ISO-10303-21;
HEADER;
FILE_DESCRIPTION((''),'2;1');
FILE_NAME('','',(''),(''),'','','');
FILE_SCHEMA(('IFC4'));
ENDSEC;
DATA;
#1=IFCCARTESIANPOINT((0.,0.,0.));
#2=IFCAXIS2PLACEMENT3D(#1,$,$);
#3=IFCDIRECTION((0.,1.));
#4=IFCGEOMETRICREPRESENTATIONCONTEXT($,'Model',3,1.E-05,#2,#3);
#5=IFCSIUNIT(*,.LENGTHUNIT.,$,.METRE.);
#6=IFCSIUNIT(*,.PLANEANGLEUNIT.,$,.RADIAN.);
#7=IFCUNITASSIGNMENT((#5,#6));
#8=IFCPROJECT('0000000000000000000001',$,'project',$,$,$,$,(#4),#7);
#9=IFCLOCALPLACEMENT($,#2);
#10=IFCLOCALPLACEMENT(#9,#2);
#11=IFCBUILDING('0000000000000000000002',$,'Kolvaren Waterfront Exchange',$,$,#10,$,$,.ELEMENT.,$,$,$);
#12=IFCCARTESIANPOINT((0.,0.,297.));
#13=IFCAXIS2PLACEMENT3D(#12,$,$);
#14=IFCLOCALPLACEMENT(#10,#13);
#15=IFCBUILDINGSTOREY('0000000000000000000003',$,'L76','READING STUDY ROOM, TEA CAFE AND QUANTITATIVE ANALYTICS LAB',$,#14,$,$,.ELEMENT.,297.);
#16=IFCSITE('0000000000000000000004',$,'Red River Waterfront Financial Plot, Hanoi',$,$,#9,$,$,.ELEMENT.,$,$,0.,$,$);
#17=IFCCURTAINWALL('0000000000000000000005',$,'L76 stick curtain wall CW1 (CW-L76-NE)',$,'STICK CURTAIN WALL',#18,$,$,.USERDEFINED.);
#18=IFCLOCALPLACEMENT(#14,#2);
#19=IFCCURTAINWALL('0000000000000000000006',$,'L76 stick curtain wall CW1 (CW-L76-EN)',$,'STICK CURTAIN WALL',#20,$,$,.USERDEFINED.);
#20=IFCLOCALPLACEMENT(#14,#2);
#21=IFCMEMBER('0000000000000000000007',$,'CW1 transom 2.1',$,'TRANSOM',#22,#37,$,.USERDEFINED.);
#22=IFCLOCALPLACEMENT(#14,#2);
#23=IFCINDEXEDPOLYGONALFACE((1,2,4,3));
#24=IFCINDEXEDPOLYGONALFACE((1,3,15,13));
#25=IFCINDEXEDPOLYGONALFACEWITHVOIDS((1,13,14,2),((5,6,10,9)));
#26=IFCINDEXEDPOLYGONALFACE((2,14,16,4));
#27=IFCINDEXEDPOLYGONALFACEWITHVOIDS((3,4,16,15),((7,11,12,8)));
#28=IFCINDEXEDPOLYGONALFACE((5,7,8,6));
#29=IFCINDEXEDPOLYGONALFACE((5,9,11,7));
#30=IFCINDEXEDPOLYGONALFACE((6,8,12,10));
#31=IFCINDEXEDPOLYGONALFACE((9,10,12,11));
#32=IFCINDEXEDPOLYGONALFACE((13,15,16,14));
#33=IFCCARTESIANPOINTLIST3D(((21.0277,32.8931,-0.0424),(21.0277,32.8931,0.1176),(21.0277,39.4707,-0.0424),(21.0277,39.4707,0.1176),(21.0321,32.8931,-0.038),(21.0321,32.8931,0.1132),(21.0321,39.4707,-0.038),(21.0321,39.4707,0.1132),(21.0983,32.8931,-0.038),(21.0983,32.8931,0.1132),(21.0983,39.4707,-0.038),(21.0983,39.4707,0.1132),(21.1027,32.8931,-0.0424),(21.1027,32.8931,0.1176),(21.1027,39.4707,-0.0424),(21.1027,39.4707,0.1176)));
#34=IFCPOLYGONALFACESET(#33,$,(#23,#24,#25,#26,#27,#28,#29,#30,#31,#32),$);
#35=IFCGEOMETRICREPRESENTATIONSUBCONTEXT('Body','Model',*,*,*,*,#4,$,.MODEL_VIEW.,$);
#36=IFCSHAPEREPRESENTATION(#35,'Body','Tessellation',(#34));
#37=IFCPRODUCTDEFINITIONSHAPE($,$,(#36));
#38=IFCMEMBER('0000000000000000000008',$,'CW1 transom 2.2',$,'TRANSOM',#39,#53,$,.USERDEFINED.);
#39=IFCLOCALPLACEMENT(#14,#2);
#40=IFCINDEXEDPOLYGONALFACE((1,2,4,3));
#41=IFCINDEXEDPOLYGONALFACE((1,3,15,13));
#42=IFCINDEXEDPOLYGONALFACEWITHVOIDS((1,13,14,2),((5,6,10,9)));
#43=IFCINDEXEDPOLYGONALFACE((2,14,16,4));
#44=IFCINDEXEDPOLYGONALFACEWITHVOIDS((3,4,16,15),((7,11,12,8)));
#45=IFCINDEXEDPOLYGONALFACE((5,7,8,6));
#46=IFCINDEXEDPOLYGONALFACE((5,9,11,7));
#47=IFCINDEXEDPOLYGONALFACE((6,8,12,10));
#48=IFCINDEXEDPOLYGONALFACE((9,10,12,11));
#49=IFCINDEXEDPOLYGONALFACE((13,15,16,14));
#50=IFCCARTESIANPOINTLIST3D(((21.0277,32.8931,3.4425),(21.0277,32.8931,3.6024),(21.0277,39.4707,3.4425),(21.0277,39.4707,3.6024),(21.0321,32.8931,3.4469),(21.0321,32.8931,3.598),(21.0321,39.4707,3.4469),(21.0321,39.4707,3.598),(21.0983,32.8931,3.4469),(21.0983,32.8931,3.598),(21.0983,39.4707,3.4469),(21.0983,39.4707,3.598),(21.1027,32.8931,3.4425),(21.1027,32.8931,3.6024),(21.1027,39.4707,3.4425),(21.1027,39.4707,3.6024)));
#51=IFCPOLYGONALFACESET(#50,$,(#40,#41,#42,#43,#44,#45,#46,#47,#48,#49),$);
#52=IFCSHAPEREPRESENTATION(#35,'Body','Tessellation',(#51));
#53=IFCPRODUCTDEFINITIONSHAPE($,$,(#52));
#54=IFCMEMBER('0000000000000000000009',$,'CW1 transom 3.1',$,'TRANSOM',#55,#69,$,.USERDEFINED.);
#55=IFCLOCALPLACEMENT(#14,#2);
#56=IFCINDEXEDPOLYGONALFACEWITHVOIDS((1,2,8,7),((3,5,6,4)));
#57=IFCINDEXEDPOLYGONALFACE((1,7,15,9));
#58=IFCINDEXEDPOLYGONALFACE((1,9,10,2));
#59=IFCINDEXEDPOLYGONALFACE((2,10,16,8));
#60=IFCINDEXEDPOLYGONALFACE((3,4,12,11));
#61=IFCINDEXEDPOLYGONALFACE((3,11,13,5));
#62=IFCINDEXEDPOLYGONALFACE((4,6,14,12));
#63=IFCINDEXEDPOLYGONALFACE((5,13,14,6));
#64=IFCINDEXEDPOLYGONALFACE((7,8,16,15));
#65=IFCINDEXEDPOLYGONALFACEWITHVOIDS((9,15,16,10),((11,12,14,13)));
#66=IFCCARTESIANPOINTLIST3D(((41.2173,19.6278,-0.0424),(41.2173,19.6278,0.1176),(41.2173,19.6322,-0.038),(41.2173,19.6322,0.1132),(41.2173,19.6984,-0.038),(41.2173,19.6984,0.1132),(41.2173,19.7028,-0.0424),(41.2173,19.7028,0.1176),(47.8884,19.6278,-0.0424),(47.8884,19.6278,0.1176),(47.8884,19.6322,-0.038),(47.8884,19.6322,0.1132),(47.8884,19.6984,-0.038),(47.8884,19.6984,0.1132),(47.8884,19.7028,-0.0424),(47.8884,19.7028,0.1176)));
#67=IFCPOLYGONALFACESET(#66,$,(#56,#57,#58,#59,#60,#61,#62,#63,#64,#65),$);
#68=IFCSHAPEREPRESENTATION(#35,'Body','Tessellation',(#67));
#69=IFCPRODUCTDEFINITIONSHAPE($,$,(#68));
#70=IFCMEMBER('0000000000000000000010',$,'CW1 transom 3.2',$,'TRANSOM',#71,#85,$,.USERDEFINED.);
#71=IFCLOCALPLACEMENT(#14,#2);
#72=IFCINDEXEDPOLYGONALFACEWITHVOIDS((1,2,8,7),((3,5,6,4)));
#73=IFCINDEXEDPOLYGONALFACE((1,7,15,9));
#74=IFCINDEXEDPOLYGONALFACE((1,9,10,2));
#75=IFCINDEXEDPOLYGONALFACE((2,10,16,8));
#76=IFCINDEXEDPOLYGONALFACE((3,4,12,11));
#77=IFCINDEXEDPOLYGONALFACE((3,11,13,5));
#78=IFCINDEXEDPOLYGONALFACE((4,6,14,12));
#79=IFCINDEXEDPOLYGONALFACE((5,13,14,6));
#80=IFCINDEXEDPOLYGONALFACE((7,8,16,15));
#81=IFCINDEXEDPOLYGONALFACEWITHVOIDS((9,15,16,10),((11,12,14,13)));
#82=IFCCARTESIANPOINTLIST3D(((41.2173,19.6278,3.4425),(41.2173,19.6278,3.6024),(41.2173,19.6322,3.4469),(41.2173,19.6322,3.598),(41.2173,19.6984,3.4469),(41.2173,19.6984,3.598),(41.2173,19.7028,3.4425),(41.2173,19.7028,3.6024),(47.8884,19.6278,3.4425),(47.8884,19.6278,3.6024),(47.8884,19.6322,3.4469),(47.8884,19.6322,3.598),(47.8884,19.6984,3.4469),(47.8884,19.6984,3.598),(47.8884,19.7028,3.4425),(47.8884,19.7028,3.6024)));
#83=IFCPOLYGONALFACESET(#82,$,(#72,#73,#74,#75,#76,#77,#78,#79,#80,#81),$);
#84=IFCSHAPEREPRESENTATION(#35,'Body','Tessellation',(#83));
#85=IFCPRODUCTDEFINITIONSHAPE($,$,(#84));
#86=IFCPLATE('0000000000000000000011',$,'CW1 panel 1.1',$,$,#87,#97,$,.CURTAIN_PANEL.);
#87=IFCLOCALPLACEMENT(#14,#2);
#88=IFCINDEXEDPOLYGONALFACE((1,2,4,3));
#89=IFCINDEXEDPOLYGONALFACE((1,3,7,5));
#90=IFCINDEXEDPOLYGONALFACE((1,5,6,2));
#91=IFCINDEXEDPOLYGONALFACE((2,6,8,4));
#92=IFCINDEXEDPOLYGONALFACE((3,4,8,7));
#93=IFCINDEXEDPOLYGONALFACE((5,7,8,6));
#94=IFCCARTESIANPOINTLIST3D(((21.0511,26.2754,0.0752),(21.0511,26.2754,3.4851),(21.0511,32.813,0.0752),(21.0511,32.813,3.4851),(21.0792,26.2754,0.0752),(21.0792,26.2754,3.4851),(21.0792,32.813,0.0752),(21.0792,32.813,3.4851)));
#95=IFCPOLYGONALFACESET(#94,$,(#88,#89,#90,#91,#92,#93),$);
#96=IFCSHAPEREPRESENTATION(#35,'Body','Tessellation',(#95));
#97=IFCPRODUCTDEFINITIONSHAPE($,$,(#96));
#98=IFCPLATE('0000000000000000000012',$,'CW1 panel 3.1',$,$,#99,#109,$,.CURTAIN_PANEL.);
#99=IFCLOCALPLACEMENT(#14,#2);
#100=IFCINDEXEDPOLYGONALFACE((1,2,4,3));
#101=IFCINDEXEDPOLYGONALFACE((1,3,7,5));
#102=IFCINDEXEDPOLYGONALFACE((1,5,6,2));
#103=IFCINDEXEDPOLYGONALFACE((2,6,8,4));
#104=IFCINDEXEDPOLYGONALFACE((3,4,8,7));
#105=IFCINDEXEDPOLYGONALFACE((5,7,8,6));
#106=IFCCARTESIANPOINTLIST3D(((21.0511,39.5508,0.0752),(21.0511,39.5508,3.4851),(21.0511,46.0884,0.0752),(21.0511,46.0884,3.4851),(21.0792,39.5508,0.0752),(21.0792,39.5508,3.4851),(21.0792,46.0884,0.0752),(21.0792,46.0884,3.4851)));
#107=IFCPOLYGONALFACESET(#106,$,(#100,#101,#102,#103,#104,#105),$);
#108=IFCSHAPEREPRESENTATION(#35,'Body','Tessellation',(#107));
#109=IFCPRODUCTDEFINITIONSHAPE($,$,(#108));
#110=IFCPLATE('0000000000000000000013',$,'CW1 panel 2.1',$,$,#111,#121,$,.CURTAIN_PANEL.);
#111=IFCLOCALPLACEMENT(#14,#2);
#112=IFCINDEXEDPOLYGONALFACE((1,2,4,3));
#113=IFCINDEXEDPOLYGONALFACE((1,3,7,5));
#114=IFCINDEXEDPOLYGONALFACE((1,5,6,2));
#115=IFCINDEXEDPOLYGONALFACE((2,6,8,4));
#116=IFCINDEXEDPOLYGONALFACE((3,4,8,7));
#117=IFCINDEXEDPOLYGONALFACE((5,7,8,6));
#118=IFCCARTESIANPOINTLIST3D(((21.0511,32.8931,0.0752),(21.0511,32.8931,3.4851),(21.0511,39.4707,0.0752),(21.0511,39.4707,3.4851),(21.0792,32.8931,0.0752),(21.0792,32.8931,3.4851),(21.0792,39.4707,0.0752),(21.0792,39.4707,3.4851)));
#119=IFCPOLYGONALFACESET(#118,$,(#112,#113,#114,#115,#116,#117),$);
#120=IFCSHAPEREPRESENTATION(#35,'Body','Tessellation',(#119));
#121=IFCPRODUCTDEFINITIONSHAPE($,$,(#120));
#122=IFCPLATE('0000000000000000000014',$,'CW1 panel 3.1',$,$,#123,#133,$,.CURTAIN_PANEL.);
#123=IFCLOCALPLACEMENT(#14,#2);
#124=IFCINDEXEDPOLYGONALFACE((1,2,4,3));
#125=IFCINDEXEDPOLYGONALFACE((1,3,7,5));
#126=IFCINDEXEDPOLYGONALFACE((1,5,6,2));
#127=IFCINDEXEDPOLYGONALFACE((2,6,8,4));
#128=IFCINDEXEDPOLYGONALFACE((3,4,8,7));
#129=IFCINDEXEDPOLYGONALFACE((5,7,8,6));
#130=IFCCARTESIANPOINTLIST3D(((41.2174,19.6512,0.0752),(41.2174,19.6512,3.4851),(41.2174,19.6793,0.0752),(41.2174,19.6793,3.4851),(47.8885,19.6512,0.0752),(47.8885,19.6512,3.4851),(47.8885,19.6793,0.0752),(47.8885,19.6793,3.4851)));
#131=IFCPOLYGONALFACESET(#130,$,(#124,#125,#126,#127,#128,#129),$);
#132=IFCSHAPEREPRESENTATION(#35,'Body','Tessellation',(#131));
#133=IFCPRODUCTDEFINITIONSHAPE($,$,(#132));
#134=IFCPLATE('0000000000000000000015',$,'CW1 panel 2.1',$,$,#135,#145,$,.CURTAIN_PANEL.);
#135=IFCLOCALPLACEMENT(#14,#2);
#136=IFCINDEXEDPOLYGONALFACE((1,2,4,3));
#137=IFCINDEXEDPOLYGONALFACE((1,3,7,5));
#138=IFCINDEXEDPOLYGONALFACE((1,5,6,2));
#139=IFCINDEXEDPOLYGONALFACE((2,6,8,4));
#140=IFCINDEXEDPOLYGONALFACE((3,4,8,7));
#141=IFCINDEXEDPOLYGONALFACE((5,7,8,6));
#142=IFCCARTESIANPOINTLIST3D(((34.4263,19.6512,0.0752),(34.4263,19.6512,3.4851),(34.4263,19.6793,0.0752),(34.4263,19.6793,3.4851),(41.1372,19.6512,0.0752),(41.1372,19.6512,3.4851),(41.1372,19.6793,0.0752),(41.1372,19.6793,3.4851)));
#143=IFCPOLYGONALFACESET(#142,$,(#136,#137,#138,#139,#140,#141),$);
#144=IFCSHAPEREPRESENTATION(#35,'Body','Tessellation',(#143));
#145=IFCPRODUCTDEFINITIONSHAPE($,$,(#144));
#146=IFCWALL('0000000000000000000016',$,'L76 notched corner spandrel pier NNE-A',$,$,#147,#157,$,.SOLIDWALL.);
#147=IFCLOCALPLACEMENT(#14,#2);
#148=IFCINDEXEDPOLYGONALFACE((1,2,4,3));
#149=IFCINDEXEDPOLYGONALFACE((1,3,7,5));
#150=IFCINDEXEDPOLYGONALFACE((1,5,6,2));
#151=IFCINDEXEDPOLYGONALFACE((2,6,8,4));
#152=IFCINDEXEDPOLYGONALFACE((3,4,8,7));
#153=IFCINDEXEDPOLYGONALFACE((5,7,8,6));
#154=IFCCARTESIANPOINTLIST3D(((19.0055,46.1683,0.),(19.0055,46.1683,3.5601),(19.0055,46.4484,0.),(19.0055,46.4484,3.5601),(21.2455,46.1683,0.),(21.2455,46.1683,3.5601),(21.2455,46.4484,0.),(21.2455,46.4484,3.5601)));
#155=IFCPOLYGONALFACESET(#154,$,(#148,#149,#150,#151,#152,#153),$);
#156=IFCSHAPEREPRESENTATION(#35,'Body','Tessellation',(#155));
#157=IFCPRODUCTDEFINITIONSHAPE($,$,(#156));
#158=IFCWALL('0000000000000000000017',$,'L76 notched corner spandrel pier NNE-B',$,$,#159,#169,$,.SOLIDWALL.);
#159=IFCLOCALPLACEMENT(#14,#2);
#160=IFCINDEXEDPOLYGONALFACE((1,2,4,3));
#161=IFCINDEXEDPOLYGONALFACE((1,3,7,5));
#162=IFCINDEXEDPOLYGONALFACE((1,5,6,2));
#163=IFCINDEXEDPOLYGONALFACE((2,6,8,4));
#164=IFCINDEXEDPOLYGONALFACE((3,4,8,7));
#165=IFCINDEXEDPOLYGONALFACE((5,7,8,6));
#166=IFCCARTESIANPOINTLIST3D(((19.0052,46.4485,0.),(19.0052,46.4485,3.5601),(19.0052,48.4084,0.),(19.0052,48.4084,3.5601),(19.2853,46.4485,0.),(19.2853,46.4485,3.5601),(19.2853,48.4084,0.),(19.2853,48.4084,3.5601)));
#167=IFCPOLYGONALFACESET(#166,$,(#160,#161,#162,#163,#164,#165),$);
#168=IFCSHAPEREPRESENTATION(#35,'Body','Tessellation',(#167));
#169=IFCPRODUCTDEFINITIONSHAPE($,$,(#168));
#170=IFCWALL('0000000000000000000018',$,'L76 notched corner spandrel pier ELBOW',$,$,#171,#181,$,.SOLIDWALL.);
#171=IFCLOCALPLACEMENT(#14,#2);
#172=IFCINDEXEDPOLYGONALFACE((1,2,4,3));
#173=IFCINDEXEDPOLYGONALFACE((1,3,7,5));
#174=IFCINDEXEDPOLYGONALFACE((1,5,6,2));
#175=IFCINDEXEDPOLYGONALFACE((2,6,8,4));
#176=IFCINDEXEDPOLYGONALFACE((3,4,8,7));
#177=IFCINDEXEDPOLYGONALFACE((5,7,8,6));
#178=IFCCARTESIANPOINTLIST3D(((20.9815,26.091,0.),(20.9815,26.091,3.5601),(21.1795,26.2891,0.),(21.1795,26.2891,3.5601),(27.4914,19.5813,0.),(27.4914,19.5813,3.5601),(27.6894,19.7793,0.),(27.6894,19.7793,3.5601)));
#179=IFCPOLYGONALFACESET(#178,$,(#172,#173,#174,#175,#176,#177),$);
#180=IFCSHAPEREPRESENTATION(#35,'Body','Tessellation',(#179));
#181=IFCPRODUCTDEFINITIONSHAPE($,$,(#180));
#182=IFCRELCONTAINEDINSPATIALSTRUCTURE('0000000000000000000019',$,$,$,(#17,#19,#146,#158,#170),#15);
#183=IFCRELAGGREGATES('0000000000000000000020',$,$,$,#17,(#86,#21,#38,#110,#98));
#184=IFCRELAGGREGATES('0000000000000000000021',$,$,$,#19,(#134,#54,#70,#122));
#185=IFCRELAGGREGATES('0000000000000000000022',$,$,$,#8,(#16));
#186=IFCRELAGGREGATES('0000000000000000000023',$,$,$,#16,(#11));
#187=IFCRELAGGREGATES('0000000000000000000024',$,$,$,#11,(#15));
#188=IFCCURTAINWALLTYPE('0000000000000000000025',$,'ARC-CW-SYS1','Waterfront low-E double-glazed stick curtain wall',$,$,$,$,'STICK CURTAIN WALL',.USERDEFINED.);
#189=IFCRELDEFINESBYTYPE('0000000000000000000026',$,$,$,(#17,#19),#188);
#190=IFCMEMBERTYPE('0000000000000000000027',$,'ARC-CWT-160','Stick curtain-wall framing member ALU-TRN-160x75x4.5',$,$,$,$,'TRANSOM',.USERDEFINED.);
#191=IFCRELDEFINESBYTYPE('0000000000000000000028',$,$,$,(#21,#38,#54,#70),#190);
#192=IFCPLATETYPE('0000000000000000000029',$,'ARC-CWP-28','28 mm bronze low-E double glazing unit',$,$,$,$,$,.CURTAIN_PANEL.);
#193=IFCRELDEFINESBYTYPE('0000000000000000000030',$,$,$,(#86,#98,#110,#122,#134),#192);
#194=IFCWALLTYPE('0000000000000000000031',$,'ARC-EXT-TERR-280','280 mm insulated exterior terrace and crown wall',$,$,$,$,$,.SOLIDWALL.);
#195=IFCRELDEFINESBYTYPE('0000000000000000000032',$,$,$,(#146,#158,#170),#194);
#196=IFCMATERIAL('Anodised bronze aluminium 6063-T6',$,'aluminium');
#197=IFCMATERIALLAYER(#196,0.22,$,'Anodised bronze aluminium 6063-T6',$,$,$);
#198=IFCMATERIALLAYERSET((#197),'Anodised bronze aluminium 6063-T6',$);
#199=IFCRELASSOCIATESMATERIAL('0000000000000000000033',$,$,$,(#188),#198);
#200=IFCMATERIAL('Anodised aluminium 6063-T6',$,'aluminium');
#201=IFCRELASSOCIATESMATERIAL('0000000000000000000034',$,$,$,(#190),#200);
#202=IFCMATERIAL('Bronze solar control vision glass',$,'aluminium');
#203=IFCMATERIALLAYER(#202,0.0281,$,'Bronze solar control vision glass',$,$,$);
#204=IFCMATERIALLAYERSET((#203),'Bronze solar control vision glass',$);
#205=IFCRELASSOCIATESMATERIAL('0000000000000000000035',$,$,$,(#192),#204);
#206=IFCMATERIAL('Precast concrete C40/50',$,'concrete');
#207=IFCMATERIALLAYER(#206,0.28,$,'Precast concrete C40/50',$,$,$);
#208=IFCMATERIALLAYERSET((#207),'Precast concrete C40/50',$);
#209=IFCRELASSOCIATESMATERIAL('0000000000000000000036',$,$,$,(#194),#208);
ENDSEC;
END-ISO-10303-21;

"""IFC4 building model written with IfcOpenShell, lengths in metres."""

from ifc_helpers import new_model, si_unit, direction, frame, frame_2d, origin, origin_with_axes, origin_2d, place, context, subcontext, project, spatial, rectangle, hollow_rectangle, extrude, source, transform, mapped, material, layer, layer_set, material_profile, profile_set, type_object, element, aggregate, save


model = new_model("IFC4")

# Units and contexts
model_context = context("Model", 3, precision=1e-05, world=origin(), true_north=direction((0.0, 1.0)))
body_context = subcontext(model_context, "Body", "Model", "MODEL_VIEW")
ifc_project = project(units=[si_unit("LENGTHUNIT", "METRE"), si_unit("PLANEANGLEUNIT", "RADIAN")], contexts=[model_context])

# Site, building, storey
site_placement = place(None, origin())
site = spatial("IfcSite", under=ifc_project, at=site_placement, Name="Red River Waterfront Financial Plot, Hanoi", CompositionType="ELEMENT", RefElevation=0.0)
building_placement = place(site_placement, origin())
building = spatial("IfcBuilding", under=site, at=building_placement, Name="Kolvaren Waterfront Exchange", CompositionType="ELEMENT")
storey_placement = place(building_placement, frame((0.0, 0.0, 297.0)))
storey = spatial("IfcBuildingStorey", under=building, at=storey_placement, Name="L76", Description="READING STUDY ROOM, TEA CAFE AND QUANTITATIVE ANALYTICS LAB", CompositionType="ELEMENT", Elevation=297.0)

# Curtain walls
ifc_material_1 = material(Name="Anodised bronze aluminium 6063-T6", Category="aluminium")
ifc_layer_1 = layer(ifc_material_1, 0.22, Name="Anodised bronze aluminium 6063-T6")
ifc_layer_set_1 = layer_set([ifc_layer_1], Name="Anodised bronze aluminium 6063-T6")
curtain_wall_type = type_object("IfcCurtainWallType", Name="ARC-CW-SYS1", Description="Waterfront low-E double-glazed stick curtain wall", ElementType="STICK CURTAIN WALL", PredefinedType="USERDEFINED", material=ifc_layer_set_1)
curtain_wall_1_placement = place(storey_placement, origin())
curtain_wall_1 = element("IfcCurtainWall", 1, at=curtain_wall_1_placement, inside=storey, type_object=curtain_wall_type, Name="L76 stick curtain wall CW1 (CW-L76-NE)", ObjectType="STICK CURTAIN WALL", PredefinedType="USERDEFINED")
ifc_material_2 = material(Name="Anodised aluminium 6063-T6", Category="aluminium")
curtain_wall_2_placement = place(storey_placement, origin())
curtain_wall_2 = element("IfcCurtainWall", 2, at=curtain_wall_2_placement, inside=storey, type_object=curtain_wall_type, Name="L76 stick curtain wall CW1 (CW-L76-EN)", ObjectType="STICK CURTAIN WALL", PredefinedType="USERDEFINED")

# Members
ifc_material_profile_1 = material_profile(ifc_material_2, hollow_rectangle(XDim=0.075, YDim=0.1599, WallThickness=0.0044, at=origin_2d()), Name="ALU-TRN-160x75x4.5")
ifc_profile_set_1 = profile_set([ifc_material_profile_1], Name="Anodised aluminium 6063-T6")
member_type_1 = type_object("IfcMemberType", Name="ARC-CWT-160", Description="Stick curtain-wall framing member ALU-TRN-160x75x4.5", ElementType="TRANSOM", PredefinedType="USERDEFINED", material=ifc_profile_set_1)
shared_shape_1 = source(origin_with_axes(), body_context, "Body", "SweptSolid", [
    extrude(hollow_rectangle(XDim=0.075, YDim=0.1599, WallThickness=0.0044, at=origin_2d()), origin(), (0.0, 0.0, 1.0), 6.5776),
])
member_1_placement = place(storey_placement, frame((21.0652, 32.8931, 0.0376), z_axis=(0.0, 1.0, 0.0), x_axis=(-1.0, 0.0, 0.0)))
member_1 = element("IfcMember", 3, at=member_1_placement, type_object=member_type_1, Name="CW1 transom 2.1", ObjectType="TRANSOM", PredefinedType="USERDEFINED", context=body_context, shape_type="MappedRepresentation", body=[
    mapped(shared_shape_1, transform((0.0, 0.0, 0.0), x_axis=(1.0, 0.0, 0.0), y_axis=(0.0, 1.0, 0.0), z_axis=(0.0, 0.0, 1.0), scale=1.0)),
])
member_2_placement = place(storey_placement, frame((21.0652, 32.8931, 3.5225), z_axis=(0.0, 1.0, 0.0), x_axis=(-1.0, 0.0, 0.0)))
member_2 = element("IfcMember", 4, at=member_2_placement, type_object=member_type_1, Name="CW1 transom 2.2", ObjectType="TRANSOM", PredefinedType="USERDEFINED", context=body_context, shape_type="MappedRepresentation", body=[
    mapped(shared_shape_1, transform((0.0, 0.0, 0.0), x_axis=(1.0, 0.0, 0.0), y_axis=(0.0, 1.0, 0.0), z_axis=(0.0, 0.0, 1.0), scale=1.0)),
])
shared_shape_2 = source(origin_with_axes(), body_context, "Body", "SweptSolid", [
    extrude(hollow_rectangle(XDim=0.075, YDim=0.1599, WallThickness=0.0044, at=origin_2d()), origin(), (0.0, 0.0, 1.0), 6.6711),
])
member_3_placement = place(storey_placement, frame((41.2173, 19.6653, 0.0376), z_axis=(1.0, 0.0, 0.0), x_axis=(0.0, 1.0, 0.0)))
member_3 = element("IfcMember", 5, at=member_3_placement, type_object=member_type_1, Name="CW1 transom 3.1", ObjectType="TRANSOM", PredefinedType="USERDEFINED", context=body_context, shape_type="MappedRepresentation", body=[
    mapped(shared_shape_2, transform((0.0, 0.0, 0.0), x_axis=(1.0, 0.0, 0.0), y_axis=(0.0, 1.0, 0.0), z_axis=(0.0, 0.0, 1.0), scale=1.0)),
])
member_4_placement = place(storey_placement, frame((41.2173, 19.6653, 3.5225), z_axis=(1.0, 0.0, 0.0), x_axis=(0.0, 1.0, 0.0)))
member_4 = element("IfcMember", 6, at=member_4_placement, type_object=member_type_1, Name="CW1 transom 3.2", ObjectType="TRANSOM", PredefinedType="USERDEFINED", context=body_context, shape_type="MappedRepresentation", body=[
    mapped(shared_shape_2, transform((0.0, 0.0, 0.0), x_axis=(1.0, 0.0, 0.0), y_axis=(0.0, 1.0, 0.0), z_axis=(0.0, 0.0, 1.0), scale=1.0)),
])

# Plates
ifc_material_3 = material(Name="Bronze solar control vision glass", Category="aluminium")
ifc_layer_2 = layer(ifc_material_3, 0.0281, Name="Bronze solar control vision glass")
ifc_layer_set_2 = layer_set([ifc_layer_2], Name="Bronze solar control vision glass")
plate_type = type_object("IfcPlateType", Name="ARC-CWP-28", Description="28 mm bronze low-E double glazing unit", PredefinedType="CURTAIN_PANEL", material=ifc_layer_set_2)
shared_shape_3 = source(origin_with_axes(), body_context, "Body", "SweptSolid", [
    extrude(rectangle(XDim=6.5376, YDim=0.0281, at=origin_2d()), origin(), (0.0, 0.0, 1.0), 3.4099),
])
plate_1_placement = place(storey_placement, frame((21.0652, 29.5442, 0.0752), z_axis=(0.0, 0.0, 1.0), x_axis=(0.0, 1.0, 0.0)))
plate_1 = element("IfcPlate", 7, at=plate_1_placement, type_object=plate_type, Name="CW1 panel 1.1", PredefinedType="CURTAIN_PANEL", context=body_context, shape_type="MappedRepresentation", body=[
    mapped(shared_shape_3, transform((0.0, 0.0, 0.0), x_axis=(1.0, 0.0, 0.0), y_axis=(0.0, 1.0, 0.0), z_axis=(0.0, 0.0, 1.0), scale=1.0)),
])
plate_2_placement = place(storey_placement, frame((21.0652, 42.8196, 0.0752), z_axis=(0.0, 0.0, 1.0), x_axis=(0.0, 1.0, 0.0)))
plate_2 = element("IfcPlate", 8, at=plate_2_placement, type_object=plate_type, Name="CW1 panel 3.1", PredefinedType="CURTAIN_PANEL", context=body_context, shape_type="MappedRepresentation", body=[
    mapped(shared_shape_3, transform((0.0, 0.0, 0.0), x_axis=(1.0, 0.0, 0.0), y_axis=(0.0, 1.0, 0.0), z_axis=(0.0, 0.0, 1.0), scale=1.0)),
])
shared_shape_4 = source(origin_with_axes(), body_context, "Body", "SweptSolid", [
    extrude(rectangle(XDim=6.5776, YDim=0.0281, at=origin_2d()), origin(), (0.0, 0.0, 1.0), 3.4099),
])
plate_3_placement = place(storey_placement, frame((21.0652, 36.1819, 0.0752), z_axis=(0.0, 0.0, 1.0), x_axis=(0.0, 1.0, 0.0)))
plate_3 = element("IfcPlate", 9, at=plate_3_placement, type_object=plate_type, Name="CW1 panel 2.1", PredefinedType="CURTAIN_PANEL", context=body_context, shape_type="MappedRepresentation", body=[
    mapped(shared_shape_4, transform((0.0, 0.0, 0.0), x_axis=(1.0, 0.0, 0.0), y_axis=(0.0, 1.0, 0.0), z_axis=(0.0, 0.0, 1.0), scale=1.0)),
])
aggregate(curtain_wall_1, [plate_1, member_1, member_2, plate_3, plate_2])
shared_shape_5 = source(origin_with_axes(), body_context, "Body", "SweptSolid", [
    extrude(rectangle(XDim=6.6711, YDim=0.0281, at=origin_2d()), origin(), (0.0, 0.0, 1.0), 3.4099),
])
plate_4_placement = place(storey_placement, frame((44.553, 19.6653, 0.0752), z_axis=(0.0, 0.0, 1.0), x_axis=(1.0, 0.0, 0.0)))
plate_4 = element("IfcPlate", 10, at=plate_4_placement, type_object=plate_type, Name="CW1 panel 3.1", PredefinedType="CURTAIN_PANEL", context=body_context, shape_type="MappedRepresentation", body=[
    mapped(shared_shape_5, transform((0.0, 0.0, 0.0), x_axis=(1.0, 0.0, 0.0), y_axis=(0.0, 1.0, 0.0), z_axis=(0.0, 0.0, 1.0), scale=1.0)),
])
shared_shape_6 = source(origin_with_axes(), body_context, "Body", "SweptSolid", [
    extrude(rectangle(XDim=6.7109, YDim=0.0281, at=origin_2d()), origin(), (0.0, 0.0, 1.0), 3.4099),
])
plate_5_placement = place(storey_placement, frame((37.7817, 19.6653, 0.0752), z_axis=(0.0, 0.0, 1.0), x_axis=(1.0, 0.0, 0.0)))
plate_5 = element("IfcPlate", 11, at=plate_5_placement, type_object=plate_type, Name="CW1 panel 2.1", PredefinedType="CURTAIN_PANEL", context=body_context, shape_type="MappedRepresentation", body=[
    mapped(shared_shape_6, transform((0.0, 0.0, 0.0), x_axis=(1.0, 0.0, 0.0), y_axis=(0.0, 1.0, 0.0), z_axis=(0.0, 0.0, 1.0), scale=1.0)),
])
aggregate(curtain_wall_2, [plate_5, member_3, member_4, plate_4])

# Walls
ifc_material_4 = material(Name="Precast concrete C40/50", Category="concrete")
ifc_layer_3 = layer(ifc_material_4, 0.28, Name="Precast concrete C40/50")
ifc_layer_set_3 = layer_set([ifc_layer_3], Name="Precast concrete C40/50")
wall_type = type_object("IfcWallType", Name="ARC-EXT-TERR-280", Description="280 mm insulated exterior terrace and crown wall", PredefinedType="SOLIDWALL", material=ifc_layer_set_3)
wall_1_placement = place(storey_placement, frame((19.0054, 46.3083, 0.0), z_axis=(0.0, 0.0, 1.0), x_axis=(1.0, 0.0, 0.0)))
element("IfcWall", 12, at=wall_1_placement, inside=storey, type_object=wall_type, Name="L76 notched corner spandrel pier NNE-A", PredefinedType="SOLIDWALL", context=body_context, shape_type="SweptSolid", body=[
    extrude(rectangle(XDim=2.24, YDim=0.28, at=frame_2d((1.1201, 0.0))), origin(), (0.0, 0.0, 1.0), 3.5601),
])
wall_2_placement = place(storey_placement, frame((19.1453, 46.4485, 0.0), z_axis=(0.0, 0.0, 1.0), x_axis=(0.0, 1.0, 0.0)))
element("IfcWall", 13, at=wall_2_placement, inside=storey, type_object=wall_type, Name="L76 notched corner spandrel pier NNE-B", PredefinedType="SOLIDWALL", context=body_context, shape_type="SweptSolid", body=[
    extrude(rectangle(XDim=1.96, YDim=0.28, at=frame_2d((0.98, 0.0))), origin(), (0.0, 0.0, 1.0), 3.5601),
])
wall_3_placement = place(storey_placement, frame((27.5903, 19.6804, 0.0), z_axis=(0.0, 0.0, 1.0), x_axis=(-0.70712, 0.707094, 0.0)))
element("IfcWall", 14, at=wall_3_placement, inside=storey, type_object=wall_type, Name="L76 notched corner spandrel pier ELBOW", PredefinedType="SOLIDWALL", context=body_context, shape_type="SweptSolid", body=[
    extrude(rectangle(XDim=9.2063, YDim=0.28, at=frame_2d((4.603, 0.0))), origin(), (0.0, 0.0, 1.0), 3.5601),
])

save(model, "model.ifc")
